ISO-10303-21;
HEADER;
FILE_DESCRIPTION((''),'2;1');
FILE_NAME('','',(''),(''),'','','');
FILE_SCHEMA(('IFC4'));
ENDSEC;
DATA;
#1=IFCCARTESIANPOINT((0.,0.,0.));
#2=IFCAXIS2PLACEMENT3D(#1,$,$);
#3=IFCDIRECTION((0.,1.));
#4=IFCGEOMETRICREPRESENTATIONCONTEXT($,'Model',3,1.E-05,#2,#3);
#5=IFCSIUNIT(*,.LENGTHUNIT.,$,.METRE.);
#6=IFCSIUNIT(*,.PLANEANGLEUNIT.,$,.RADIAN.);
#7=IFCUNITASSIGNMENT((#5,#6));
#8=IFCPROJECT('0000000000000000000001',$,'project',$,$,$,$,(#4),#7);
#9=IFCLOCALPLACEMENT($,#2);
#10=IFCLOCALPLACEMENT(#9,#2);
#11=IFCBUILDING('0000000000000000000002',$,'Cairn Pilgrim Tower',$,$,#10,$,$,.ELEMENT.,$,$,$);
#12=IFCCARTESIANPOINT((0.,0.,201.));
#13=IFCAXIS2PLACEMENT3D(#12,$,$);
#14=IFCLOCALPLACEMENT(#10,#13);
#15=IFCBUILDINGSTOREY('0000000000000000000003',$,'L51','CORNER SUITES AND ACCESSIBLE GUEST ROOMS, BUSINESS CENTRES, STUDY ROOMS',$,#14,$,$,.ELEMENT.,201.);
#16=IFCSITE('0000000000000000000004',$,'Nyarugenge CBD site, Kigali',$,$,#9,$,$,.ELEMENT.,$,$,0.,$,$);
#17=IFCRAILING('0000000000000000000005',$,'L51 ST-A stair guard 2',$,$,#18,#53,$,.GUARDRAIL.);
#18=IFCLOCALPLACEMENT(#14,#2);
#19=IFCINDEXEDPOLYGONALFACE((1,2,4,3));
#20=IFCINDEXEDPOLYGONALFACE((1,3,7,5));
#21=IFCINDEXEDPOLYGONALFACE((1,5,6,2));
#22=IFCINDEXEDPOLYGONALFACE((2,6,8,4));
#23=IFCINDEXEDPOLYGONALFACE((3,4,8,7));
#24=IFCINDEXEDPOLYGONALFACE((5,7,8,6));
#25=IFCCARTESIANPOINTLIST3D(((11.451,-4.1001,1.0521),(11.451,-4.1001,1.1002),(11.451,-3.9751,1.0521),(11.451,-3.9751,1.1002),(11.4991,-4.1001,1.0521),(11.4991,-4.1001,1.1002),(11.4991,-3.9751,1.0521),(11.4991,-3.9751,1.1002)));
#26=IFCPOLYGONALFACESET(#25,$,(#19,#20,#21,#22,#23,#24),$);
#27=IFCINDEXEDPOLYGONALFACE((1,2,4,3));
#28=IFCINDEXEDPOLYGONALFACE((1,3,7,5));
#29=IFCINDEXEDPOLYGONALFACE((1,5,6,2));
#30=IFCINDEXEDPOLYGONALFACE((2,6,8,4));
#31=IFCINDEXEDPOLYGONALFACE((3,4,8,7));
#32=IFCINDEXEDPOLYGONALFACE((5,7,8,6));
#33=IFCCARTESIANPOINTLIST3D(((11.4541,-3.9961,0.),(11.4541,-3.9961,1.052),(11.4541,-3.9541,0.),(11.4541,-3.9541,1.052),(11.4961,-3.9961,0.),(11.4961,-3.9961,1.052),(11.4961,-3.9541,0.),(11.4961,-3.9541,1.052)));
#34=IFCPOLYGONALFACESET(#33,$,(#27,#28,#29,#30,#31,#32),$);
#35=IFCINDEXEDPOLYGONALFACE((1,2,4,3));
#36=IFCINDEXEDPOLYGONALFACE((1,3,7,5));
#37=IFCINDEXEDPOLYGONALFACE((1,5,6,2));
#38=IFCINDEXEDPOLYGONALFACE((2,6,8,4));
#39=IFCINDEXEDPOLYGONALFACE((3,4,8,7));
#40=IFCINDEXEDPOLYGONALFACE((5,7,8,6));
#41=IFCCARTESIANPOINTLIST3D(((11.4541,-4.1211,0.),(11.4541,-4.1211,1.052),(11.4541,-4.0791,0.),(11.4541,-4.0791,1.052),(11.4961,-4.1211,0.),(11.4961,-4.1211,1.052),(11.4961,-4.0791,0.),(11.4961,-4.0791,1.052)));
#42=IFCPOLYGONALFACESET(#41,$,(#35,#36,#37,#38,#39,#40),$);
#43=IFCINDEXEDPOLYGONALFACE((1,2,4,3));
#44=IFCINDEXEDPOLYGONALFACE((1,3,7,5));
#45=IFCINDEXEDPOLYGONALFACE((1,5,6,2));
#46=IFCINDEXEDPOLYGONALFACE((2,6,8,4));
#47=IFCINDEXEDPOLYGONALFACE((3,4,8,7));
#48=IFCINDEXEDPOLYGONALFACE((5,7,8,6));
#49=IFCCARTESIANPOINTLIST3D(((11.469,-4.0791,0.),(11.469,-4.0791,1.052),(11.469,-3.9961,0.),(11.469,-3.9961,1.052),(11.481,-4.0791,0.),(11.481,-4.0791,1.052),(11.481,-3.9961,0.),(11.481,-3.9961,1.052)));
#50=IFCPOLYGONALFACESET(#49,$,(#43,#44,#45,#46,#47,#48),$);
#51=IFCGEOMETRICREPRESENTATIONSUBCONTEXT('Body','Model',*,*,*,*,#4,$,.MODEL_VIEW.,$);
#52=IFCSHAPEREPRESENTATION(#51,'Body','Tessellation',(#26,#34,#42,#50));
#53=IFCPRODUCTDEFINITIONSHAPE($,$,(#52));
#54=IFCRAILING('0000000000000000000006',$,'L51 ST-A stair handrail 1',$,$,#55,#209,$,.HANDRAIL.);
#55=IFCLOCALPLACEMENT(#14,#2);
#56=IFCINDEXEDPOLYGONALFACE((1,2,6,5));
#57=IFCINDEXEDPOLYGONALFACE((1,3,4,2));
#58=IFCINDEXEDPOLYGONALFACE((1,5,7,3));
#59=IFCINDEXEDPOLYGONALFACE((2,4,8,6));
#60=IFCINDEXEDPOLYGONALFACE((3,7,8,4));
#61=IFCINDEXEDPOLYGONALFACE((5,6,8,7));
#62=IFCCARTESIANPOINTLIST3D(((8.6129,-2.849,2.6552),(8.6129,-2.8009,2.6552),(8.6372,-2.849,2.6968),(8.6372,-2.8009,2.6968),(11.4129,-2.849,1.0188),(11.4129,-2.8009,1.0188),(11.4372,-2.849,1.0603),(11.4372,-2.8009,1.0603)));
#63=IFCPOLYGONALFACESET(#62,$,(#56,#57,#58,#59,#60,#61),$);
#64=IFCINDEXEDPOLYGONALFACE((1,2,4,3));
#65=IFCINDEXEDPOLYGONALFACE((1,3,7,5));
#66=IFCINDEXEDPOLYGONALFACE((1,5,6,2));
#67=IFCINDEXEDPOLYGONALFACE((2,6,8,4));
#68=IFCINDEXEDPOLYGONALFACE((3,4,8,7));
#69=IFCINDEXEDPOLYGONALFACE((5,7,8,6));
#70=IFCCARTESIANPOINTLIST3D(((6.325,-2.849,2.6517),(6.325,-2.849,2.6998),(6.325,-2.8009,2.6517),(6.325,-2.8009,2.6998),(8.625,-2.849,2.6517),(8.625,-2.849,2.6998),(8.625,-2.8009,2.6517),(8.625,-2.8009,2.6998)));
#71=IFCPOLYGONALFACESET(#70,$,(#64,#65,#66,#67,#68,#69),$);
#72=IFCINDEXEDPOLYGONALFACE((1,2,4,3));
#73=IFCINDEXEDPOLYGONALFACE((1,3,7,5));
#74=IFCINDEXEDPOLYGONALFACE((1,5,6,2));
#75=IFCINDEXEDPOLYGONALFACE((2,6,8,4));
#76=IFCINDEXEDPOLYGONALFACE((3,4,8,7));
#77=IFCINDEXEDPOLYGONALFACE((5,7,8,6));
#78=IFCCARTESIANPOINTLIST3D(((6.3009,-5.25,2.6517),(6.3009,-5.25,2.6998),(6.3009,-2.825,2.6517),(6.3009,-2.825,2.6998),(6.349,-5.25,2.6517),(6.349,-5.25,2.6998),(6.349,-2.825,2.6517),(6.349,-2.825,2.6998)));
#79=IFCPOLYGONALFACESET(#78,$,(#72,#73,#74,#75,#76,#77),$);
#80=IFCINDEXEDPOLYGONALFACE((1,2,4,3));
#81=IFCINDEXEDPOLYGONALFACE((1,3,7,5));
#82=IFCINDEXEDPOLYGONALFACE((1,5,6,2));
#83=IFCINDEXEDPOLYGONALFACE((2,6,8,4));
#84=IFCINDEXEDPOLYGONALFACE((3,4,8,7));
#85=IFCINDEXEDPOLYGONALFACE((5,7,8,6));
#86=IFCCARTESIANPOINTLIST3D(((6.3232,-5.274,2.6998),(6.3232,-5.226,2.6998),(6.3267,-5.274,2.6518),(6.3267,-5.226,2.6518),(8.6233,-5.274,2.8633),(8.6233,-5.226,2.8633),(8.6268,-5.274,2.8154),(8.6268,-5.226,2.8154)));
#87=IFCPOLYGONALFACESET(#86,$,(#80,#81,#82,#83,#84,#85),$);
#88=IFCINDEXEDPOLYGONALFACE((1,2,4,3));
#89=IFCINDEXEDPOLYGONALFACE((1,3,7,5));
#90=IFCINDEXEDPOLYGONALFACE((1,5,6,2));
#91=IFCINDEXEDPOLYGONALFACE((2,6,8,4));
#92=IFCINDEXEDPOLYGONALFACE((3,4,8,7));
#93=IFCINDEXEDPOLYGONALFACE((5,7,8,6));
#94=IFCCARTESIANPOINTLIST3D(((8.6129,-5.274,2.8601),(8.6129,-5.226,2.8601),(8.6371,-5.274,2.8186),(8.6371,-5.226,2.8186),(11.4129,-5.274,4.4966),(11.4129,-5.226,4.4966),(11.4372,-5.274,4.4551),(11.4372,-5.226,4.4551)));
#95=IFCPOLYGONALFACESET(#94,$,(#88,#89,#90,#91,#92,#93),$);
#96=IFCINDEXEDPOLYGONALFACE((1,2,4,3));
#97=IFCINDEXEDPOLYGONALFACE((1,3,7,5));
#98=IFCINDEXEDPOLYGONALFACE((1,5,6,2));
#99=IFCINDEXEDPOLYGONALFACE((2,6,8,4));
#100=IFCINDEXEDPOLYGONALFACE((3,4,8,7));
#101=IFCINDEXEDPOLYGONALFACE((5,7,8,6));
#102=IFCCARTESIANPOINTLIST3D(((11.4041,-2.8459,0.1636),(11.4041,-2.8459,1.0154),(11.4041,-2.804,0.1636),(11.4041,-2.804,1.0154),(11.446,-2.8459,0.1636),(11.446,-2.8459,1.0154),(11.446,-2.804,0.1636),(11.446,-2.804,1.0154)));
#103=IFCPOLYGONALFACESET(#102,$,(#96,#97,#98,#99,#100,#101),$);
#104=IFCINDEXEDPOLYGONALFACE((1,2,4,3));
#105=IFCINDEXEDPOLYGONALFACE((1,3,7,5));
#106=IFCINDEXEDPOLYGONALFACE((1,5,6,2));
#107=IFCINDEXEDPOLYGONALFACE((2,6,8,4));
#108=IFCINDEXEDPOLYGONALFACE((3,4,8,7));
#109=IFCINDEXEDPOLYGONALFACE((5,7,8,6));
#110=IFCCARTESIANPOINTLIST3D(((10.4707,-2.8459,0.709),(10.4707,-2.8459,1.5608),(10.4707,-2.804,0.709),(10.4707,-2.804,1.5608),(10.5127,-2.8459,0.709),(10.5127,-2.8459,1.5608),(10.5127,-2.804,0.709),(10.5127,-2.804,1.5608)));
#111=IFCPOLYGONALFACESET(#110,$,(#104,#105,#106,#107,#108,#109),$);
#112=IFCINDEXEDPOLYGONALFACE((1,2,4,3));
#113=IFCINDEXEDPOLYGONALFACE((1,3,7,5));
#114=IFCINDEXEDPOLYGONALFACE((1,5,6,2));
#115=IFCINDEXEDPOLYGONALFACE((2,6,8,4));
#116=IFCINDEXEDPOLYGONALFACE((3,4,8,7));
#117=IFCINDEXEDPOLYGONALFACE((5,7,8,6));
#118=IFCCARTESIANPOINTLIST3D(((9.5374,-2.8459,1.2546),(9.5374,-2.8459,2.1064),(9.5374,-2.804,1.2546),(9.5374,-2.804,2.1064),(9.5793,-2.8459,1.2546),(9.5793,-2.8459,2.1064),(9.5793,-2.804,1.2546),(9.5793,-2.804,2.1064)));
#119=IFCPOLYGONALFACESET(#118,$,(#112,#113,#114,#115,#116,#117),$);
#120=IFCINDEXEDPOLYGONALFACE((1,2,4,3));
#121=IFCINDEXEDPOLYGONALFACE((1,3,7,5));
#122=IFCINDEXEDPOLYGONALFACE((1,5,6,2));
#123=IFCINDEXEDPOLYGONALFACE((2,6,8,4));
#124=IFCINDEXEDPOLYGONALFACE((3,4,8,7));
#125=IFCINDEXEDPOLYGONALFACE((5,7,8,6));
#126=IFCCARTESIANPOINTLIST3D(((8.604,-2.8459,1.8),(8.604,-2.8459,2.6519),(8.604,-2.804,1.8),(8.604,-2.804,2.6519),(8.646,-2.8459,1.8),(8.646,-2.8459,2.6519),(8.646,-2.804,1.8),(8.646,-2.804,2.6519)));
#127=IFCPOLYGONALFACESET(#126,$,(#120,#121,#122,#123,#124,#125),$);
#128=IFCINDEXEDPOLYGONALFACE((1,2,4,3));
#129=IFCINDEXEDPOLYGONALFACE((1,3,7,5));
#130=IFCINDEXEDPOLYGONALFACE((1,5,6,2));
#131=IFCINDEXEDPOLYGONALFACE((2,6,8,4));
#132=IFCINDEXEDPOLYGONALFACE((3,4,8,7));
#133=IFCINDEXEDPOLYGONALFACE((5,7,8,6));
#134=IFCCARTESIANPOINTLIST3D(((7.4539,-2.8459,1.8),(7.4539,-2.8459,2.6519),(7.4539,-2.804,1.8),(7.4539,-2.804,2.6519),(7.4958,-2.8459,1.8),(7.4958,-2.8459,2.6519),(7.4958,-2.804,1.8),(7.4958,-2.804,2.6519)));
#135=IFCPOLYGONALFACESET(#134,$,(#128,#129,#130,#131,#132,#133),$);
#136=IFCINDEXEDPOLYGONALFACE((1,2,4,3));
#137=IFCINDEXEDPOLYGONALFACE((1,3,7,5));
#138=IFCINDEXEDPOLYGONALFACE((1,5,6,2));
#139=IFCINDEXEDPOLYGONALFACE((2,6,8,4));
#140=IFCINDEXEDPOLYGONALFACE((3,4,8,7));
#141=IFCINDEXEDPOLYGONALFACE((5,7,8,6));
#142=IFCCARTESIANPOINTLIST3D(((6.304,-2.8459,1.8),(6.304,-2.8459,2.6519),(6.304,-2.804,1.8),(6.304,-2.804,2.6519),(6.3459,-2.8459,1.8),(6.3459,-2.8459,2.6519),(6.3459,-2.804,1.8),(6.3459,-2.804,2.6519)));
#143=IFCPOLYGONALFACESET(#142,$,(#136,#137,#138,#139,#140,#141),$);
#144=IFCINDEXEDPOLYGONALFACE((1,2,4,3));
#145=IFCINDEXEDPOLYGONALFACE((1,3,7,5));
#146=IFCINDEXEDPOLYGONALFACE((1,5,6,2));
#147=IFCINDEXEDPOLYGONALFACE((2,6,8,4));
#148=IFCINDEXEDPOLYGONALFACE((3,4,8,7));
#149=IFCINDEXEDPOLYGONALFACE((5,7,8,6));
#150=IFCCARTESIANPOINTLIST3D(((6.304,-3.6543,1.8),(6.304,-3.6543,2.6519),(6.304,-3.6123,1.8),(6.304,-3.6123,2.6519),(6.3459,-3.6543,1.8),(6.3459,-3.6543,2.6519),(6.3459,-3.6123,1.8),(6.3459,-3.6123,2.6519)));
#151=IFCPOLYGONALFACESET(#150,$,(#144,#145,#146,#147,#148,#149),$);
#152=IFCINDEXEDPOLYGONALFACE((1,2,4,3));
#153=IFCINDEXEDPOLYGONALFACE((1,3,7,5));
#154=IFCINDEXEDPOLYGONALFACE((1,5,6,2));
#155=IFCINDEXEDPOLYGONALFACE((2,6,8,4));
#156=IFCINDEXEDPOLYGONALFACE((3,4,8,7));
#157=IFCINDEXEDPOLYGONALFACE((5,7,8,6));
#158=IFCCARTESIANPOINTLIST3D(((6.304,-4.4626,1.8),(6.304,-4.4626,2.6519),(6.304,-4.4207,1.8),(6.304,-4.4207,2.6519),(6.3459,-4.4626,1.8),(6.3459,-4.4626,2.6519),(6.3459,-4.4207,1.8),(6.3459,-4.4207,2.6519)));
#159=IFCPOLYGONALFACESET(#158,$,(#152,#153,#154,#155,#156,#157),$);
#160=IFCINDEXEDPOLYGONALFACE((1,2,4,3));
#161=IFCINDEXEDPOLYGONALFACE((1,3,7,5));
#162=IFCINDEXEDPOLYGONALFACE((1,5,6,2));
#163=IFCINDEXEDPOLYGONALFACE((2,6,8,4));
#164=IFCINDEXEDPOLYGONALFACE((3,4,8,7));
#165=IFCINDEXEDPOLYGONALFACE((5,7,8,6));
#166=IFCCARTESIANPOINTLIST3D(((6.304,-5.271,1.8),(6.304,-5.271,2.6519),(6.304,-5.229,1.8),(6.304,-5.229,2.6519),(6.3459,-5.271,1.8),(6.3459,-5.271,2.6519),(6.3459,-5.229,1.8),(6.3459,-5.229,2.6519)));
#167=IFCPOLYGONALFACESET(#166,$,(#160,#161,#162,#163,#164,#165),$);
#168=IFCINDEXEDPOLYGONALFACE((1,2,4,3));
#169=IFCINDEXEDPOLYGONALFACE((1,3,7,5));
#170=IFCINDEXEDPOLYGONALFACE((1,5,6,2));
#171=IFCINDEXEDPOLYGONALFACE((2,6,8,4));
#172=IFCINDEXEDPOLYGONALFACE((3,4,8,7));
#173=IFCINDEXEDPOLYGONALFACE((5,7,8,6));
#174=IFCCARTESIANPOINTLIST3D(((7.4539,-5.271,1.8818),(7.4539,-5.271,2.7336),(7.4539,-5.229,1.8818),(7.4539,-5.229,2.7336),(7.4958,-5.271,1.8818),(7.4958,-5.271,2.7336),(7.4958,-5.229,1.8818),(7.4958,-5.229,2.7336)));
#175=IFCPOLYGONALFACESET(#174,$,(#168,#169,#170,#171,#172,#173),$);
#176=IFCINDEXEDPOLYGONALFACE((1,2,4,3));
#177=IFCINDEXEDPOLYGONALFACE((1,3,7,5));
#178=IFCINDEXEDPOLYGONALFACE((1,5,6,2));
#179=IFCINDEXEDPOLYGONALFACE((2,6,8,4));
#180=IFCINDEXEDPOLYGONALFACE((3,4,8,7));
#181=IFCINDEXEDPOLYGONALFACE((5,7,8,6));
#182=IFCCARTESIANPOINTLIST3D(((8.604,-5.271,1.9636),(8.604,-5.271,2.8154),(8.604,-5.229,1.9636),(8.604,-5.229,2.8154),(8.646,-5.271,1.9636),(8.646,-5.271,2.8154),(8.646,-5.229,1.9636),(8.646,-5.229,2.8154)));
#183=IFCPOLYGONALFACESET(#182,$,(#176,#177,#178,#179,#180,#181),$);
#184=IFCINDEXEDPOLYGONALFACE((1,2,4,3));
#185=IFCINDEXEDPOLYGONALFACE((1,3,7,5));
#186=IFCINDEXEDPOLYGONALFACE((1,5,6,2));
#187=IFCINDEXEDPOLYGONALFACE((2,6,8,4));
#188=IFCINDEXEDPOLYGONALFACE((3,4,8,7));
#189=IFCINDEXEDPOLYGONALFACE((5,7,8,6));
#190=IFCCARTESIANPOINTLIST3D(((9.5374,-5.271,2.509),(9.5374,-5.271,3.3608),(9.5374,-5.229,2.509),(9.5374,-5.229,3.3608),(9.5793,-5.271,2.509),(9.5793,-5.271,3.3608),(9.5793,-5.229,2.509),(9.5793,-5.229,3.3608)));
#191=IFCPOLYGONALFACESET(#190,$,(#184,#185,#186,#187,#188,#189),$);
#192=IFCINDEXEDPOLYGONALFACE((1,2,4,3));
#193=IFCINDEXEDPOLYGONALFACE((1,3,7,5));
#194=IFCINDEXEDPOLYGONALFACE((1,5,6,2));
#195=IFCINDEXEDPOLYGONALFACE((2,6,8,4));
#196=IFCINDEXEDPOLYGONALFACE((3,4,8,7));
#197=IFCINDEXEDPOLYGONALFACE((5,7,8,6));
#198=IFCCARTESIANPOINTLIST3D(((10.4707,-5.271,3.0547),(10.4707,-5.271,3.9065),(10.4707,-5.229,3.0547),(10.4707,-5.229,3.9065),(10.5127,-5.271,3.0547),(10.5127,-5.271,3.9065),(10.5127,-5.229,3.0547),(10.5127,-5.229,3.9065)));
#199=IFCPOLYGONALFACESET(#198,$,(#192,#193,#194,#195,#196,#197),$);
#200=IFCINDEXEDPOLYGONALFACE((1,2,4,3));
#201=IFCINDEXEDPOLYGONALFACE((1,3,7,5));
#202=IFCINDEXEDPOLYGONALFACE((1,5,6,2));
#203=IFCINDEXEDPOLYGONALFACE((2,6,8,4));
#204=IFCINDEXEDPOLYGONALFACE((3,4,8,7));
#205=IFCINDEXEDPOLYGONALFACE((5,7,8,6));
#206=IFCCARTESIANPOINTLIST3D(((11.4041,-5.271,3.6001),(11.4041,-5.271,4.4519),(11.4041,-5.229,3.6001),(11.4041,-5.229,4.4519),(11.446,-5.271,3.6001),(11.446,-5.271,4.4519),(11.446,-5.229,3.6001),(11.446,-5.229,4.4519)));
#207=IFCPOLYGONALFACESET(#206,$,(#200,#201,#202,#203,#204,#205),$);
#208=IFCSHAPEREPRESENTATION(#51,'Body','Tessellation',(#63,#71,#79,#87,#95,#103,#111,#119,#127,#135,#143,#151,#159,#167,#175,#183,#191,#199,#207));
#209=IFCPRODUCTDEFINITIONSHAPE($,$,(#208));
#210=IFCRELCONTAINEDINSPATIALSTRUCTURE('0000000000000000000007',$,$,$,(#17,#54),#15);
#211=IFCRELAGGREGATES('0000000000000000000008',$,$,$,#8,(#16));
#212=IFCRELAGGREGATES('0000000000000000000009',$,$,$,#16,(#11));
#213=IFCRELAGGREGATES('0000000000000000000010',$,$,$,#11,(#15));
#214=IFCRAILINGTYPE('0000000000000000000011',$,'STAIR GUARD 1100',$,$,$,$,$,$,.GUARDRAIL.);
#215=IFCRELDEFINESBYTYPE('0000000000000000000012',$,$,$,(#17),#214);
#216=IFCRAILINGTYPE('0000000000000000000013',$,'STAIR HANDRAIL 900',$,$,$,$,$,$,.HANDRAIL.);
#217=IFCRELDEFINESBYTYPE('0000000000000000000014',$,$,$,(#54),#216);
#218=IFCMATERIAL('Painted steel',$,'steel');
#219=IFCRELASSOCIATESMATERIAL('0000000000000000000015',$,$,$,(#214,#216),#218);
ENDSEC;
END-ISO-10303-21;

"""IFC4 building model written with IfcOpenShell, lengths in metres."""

from ifc_helpers import new_model, si_unit, direction, frame, origin, origin_2d, place, context, subcontext, project, spatial, polyline, rectangle, outline, extrude, material, type_object, element, save


model = new_model("IFC4")

# Units and contexts
model_context = context("Model", 3, precision=1e-05, world=origin(), true_north=direction((0.0, 1.0)))
body_context = subcontext(model_context, "Body", "Model", "MODEL_VIEW")
ifc_project = project(units=[si_unit("LENGTHUNIT", "METRE"), si_unit("PLANEANGLEUNIT", "RADIAN")], contexts=[model_context])

# Site, building, storey
site_placement = place(None, origin())
site = spatial("IfcSite", under=ifc_project, at=site_placement, Name="Nyarugenge CBD site, Kigali", CompositionType="ELEMENT", RefElevation=0.0)
building_placement = place(site_placement, origin())
building = spatial("IfcBuilding", under=site, at=building_placement, Name="Cairn Pilgrim Tower", CompositionType="ELEMENT")
storey_placement = place(building_placement, frame((0.0, 0.0, 201.0)))
storey = spatial("IfcBuildingStorey", under=building, at=storey_placement, Name="L51", Description="CORNER SUITES AND ACCESSIBLE GUEST ROOMS, BUSINESS CENTRES, STUDY ROOMS", CompositionType="ELEMENT", Elevation=201.0)

# Shared definitions
ifc_material_1 = material(Name="Painted steel", Category="steel")

# Railings
railing_type_1 = type_object("IfcRailingType", Name="STAIR GUARD 1100", PredefinedType="GUARDRAIL", material=ifc_material_1)
railing_1_placement = place(storey_placement, frame((11.4751, -3.9751, 0.0)))
element("IfcRailing", 1, at=railing_1_placement, inside=storey, type_object=railing_type_1, Name="L51 ST-A stair guard 2", PredefinedType="GUARDRAIL", context=body_context, shape_type="SweptSolid", body=[
    extrude(rectangle(XDim=0.0481, YDim=0.0481, at=origin_2d()), frame((0.0, 0.0, 1.0762), z_axis=(0.0, -1.0, 0.0), x_axis=(1.0, 0.0, 0.0)), (0.0, 0.0, 1.0), 0.125),
    extrude(rectangle(XDim=0.042, YDim=0.042, at=origin_2d()), origin(), (0.0, 0.0, 1.0), 1.052),
    extrude(rectangle(XDim=0.042, YDim=0.042, at=origin_2d()), frame((0.0, -0.125, 0.0)), (0.0, 0.0, 1.0), 1.052),
    extrude(outline(polyline([(0.021, 0.0), (0.104, 0.0), (0.104, 1.052), (0.021, 1.052), (0.021, 0.0)])), frame((0.0059, 0.0, 0.0), z_axis=(-1.0, 0.0, 0.0), x_axis=(0.0, -1.0, 0.0)), (0.0, 0.0, 1.0), 0.012),
])
railing_type_2 = type_object("IfcRailingType", Name="STAIR HANDRAIL 900", PredefinedType="HANDRAIL", material=ifc_material_1)
railing_2_placement = place(storey_placement, frame((11.425, -2.825, 0.1636)))
element("IfcRailing", 2, at=railing_2_placement, inside=storey, type_object=railing_type_2, Name="L51 ST-A stair handrail 1", PredefinedType="HANDRAIL", context=body_context, shape_type="SweptSolid", body=[
    extrude(rectangle(XDim=0.0481, YDim=0.0481, at=origin_2d()), frame((0.0, 0.0, 0.876), z_axis=(-0.863361, 0.0, 0.504587), x_axis=(0.0, -1.0, 0.0)), (0.0, 0.0, 1.0), 3.2432),
    extrude(rectangle(XDim=0.0481, YDim=0.0481, at=origin_2d()), frame((-2.8, 0.0, 2.5122), z_axis=(-1.0, 0.0, 0.0), x_axis=(0.0, -1.0, 0.0)), (0.0, 0.0, 1.0), 2.3),
    extrude(rectangle(XDim=0.0481, YDim=0.0481, at=origin_2d()), frame((-5.1001, 0.0, 2.5122), z_axis=(0.0, -1.0, 0.0), x_axis=(1.0, 0.0, 0.0)), (0.0, 0.0, 1.0), 2.425),
    extrude(rectangle(XDim=0.0481, YDim=0.0481, at=origin_2d()), frame((-5.1001, -2.425, 2.5122), z_axis=(0.997481, 0.0, 0.070939), x_axis=(0.0, 1.0, 0.0)), (0.0, 0.0, 1.0), 2.3059),
    extrude(rectangle(XDim=0.0481, YDim=0.0481, at=origin_2d()), frame((-2.8, -2.425, 2.6758), z_axis=(0.863361, 0.0, 0.504587), x_axis=(0.0, 1.0, 0.0)), (0.0, 0.0, 1.0), 3.2432),
    extrude(rectangle(XDim=0.042, YDim=0.042, at=origin_2d()), origin(), (0.0, 0.0, 1.0), 0.8518),
    extrude(rectangle(XDim=0.042, YDim=0.042, at=origin_2d()), frame((-0.9333, 0.0, 0.5454)), (0.0, 0.0, 1.0), 0.8518),
    extrude(rectangle(XDim=0.042, YDim=0.042, at=origin_2d()), frame((-1.8667, 0.0, 1.0911)), (0.0, 0.0, 1.0), 0.8518),
    extrude(rectangle(XDim=0.042, YDim=0.042, at=origin_2d()), frame((-2.8, 0.0, 1.6365)), (0.0, 0.0, 1.0), 0.8518),
    extrude(rectangle(XDim=0.042, YDim=0.042, at=origin_2d()), frame((-3.9502, 0.0, 1.6365)), (0.0, 0.0, 1.0), 0.8518),
    extrude(rectangle(XDim=0.042, YDim=0.042, at=origin_2d()), frame((-5.1001, 0.0, 1.6365)), (0.0, 0.0, 1.0), 0.8518),
    extrude(rectangle(XDim=0.042, YDim=0.042, at=origin_2d()), frame((-5.1001, -0.8083, 1.6365)), (0.0, 0.0, 1.0), 0.8518),
    extrude(rectangle(XDim=0.042, YDim=0.042, at=origin_2d()), frame((-5.1001, -1.6167, 1.6365)), (0.0, 0.0, 1.0), 0.8518),
    extrude(rectangle(XDim=0.042, YDim=0.042, at=origin_2d()), frame((-5.1001, -2.425, 1.6365)), (0.0, 0.0, 1.0), 0.8518),
    extrude(rectangle(XDim=0.042, YDim=0.042, at=origin_2d()), frame((-3.9502, -2.425, 1.7183)), (0.0, 0.0, 1.0), 0.8518),
    extrude(rectangle(XDim=0.042, YDim=0.042, at=origin_2d()), frame((-2.8, -2.425, 1.8)), (0.0, 0.0, 1.0), 0.8518),
    extrude(rectangle(XDim=0.042, YDim=0.042, at=origin_2d()), frame((-1.8667, -2.425, 2.3455)), (0.0, 0.0, 1.0), 0.8518),
    extrude(rectangle(XDim=0.042, YDim=0.042, at=origin_2d()), frame((-0.9333, -2.425, 2.8911)), (0.0, 0.0, 1.0), 0.8518),
    extrude(rectangle(XDim=0.042, YDim=0.042, at=origin_2d()), frame((0.0, -2.425, 3.4365)), (0.0, 0.0, 1.0), 0.8518),
])

save(model, "model.ifc")
